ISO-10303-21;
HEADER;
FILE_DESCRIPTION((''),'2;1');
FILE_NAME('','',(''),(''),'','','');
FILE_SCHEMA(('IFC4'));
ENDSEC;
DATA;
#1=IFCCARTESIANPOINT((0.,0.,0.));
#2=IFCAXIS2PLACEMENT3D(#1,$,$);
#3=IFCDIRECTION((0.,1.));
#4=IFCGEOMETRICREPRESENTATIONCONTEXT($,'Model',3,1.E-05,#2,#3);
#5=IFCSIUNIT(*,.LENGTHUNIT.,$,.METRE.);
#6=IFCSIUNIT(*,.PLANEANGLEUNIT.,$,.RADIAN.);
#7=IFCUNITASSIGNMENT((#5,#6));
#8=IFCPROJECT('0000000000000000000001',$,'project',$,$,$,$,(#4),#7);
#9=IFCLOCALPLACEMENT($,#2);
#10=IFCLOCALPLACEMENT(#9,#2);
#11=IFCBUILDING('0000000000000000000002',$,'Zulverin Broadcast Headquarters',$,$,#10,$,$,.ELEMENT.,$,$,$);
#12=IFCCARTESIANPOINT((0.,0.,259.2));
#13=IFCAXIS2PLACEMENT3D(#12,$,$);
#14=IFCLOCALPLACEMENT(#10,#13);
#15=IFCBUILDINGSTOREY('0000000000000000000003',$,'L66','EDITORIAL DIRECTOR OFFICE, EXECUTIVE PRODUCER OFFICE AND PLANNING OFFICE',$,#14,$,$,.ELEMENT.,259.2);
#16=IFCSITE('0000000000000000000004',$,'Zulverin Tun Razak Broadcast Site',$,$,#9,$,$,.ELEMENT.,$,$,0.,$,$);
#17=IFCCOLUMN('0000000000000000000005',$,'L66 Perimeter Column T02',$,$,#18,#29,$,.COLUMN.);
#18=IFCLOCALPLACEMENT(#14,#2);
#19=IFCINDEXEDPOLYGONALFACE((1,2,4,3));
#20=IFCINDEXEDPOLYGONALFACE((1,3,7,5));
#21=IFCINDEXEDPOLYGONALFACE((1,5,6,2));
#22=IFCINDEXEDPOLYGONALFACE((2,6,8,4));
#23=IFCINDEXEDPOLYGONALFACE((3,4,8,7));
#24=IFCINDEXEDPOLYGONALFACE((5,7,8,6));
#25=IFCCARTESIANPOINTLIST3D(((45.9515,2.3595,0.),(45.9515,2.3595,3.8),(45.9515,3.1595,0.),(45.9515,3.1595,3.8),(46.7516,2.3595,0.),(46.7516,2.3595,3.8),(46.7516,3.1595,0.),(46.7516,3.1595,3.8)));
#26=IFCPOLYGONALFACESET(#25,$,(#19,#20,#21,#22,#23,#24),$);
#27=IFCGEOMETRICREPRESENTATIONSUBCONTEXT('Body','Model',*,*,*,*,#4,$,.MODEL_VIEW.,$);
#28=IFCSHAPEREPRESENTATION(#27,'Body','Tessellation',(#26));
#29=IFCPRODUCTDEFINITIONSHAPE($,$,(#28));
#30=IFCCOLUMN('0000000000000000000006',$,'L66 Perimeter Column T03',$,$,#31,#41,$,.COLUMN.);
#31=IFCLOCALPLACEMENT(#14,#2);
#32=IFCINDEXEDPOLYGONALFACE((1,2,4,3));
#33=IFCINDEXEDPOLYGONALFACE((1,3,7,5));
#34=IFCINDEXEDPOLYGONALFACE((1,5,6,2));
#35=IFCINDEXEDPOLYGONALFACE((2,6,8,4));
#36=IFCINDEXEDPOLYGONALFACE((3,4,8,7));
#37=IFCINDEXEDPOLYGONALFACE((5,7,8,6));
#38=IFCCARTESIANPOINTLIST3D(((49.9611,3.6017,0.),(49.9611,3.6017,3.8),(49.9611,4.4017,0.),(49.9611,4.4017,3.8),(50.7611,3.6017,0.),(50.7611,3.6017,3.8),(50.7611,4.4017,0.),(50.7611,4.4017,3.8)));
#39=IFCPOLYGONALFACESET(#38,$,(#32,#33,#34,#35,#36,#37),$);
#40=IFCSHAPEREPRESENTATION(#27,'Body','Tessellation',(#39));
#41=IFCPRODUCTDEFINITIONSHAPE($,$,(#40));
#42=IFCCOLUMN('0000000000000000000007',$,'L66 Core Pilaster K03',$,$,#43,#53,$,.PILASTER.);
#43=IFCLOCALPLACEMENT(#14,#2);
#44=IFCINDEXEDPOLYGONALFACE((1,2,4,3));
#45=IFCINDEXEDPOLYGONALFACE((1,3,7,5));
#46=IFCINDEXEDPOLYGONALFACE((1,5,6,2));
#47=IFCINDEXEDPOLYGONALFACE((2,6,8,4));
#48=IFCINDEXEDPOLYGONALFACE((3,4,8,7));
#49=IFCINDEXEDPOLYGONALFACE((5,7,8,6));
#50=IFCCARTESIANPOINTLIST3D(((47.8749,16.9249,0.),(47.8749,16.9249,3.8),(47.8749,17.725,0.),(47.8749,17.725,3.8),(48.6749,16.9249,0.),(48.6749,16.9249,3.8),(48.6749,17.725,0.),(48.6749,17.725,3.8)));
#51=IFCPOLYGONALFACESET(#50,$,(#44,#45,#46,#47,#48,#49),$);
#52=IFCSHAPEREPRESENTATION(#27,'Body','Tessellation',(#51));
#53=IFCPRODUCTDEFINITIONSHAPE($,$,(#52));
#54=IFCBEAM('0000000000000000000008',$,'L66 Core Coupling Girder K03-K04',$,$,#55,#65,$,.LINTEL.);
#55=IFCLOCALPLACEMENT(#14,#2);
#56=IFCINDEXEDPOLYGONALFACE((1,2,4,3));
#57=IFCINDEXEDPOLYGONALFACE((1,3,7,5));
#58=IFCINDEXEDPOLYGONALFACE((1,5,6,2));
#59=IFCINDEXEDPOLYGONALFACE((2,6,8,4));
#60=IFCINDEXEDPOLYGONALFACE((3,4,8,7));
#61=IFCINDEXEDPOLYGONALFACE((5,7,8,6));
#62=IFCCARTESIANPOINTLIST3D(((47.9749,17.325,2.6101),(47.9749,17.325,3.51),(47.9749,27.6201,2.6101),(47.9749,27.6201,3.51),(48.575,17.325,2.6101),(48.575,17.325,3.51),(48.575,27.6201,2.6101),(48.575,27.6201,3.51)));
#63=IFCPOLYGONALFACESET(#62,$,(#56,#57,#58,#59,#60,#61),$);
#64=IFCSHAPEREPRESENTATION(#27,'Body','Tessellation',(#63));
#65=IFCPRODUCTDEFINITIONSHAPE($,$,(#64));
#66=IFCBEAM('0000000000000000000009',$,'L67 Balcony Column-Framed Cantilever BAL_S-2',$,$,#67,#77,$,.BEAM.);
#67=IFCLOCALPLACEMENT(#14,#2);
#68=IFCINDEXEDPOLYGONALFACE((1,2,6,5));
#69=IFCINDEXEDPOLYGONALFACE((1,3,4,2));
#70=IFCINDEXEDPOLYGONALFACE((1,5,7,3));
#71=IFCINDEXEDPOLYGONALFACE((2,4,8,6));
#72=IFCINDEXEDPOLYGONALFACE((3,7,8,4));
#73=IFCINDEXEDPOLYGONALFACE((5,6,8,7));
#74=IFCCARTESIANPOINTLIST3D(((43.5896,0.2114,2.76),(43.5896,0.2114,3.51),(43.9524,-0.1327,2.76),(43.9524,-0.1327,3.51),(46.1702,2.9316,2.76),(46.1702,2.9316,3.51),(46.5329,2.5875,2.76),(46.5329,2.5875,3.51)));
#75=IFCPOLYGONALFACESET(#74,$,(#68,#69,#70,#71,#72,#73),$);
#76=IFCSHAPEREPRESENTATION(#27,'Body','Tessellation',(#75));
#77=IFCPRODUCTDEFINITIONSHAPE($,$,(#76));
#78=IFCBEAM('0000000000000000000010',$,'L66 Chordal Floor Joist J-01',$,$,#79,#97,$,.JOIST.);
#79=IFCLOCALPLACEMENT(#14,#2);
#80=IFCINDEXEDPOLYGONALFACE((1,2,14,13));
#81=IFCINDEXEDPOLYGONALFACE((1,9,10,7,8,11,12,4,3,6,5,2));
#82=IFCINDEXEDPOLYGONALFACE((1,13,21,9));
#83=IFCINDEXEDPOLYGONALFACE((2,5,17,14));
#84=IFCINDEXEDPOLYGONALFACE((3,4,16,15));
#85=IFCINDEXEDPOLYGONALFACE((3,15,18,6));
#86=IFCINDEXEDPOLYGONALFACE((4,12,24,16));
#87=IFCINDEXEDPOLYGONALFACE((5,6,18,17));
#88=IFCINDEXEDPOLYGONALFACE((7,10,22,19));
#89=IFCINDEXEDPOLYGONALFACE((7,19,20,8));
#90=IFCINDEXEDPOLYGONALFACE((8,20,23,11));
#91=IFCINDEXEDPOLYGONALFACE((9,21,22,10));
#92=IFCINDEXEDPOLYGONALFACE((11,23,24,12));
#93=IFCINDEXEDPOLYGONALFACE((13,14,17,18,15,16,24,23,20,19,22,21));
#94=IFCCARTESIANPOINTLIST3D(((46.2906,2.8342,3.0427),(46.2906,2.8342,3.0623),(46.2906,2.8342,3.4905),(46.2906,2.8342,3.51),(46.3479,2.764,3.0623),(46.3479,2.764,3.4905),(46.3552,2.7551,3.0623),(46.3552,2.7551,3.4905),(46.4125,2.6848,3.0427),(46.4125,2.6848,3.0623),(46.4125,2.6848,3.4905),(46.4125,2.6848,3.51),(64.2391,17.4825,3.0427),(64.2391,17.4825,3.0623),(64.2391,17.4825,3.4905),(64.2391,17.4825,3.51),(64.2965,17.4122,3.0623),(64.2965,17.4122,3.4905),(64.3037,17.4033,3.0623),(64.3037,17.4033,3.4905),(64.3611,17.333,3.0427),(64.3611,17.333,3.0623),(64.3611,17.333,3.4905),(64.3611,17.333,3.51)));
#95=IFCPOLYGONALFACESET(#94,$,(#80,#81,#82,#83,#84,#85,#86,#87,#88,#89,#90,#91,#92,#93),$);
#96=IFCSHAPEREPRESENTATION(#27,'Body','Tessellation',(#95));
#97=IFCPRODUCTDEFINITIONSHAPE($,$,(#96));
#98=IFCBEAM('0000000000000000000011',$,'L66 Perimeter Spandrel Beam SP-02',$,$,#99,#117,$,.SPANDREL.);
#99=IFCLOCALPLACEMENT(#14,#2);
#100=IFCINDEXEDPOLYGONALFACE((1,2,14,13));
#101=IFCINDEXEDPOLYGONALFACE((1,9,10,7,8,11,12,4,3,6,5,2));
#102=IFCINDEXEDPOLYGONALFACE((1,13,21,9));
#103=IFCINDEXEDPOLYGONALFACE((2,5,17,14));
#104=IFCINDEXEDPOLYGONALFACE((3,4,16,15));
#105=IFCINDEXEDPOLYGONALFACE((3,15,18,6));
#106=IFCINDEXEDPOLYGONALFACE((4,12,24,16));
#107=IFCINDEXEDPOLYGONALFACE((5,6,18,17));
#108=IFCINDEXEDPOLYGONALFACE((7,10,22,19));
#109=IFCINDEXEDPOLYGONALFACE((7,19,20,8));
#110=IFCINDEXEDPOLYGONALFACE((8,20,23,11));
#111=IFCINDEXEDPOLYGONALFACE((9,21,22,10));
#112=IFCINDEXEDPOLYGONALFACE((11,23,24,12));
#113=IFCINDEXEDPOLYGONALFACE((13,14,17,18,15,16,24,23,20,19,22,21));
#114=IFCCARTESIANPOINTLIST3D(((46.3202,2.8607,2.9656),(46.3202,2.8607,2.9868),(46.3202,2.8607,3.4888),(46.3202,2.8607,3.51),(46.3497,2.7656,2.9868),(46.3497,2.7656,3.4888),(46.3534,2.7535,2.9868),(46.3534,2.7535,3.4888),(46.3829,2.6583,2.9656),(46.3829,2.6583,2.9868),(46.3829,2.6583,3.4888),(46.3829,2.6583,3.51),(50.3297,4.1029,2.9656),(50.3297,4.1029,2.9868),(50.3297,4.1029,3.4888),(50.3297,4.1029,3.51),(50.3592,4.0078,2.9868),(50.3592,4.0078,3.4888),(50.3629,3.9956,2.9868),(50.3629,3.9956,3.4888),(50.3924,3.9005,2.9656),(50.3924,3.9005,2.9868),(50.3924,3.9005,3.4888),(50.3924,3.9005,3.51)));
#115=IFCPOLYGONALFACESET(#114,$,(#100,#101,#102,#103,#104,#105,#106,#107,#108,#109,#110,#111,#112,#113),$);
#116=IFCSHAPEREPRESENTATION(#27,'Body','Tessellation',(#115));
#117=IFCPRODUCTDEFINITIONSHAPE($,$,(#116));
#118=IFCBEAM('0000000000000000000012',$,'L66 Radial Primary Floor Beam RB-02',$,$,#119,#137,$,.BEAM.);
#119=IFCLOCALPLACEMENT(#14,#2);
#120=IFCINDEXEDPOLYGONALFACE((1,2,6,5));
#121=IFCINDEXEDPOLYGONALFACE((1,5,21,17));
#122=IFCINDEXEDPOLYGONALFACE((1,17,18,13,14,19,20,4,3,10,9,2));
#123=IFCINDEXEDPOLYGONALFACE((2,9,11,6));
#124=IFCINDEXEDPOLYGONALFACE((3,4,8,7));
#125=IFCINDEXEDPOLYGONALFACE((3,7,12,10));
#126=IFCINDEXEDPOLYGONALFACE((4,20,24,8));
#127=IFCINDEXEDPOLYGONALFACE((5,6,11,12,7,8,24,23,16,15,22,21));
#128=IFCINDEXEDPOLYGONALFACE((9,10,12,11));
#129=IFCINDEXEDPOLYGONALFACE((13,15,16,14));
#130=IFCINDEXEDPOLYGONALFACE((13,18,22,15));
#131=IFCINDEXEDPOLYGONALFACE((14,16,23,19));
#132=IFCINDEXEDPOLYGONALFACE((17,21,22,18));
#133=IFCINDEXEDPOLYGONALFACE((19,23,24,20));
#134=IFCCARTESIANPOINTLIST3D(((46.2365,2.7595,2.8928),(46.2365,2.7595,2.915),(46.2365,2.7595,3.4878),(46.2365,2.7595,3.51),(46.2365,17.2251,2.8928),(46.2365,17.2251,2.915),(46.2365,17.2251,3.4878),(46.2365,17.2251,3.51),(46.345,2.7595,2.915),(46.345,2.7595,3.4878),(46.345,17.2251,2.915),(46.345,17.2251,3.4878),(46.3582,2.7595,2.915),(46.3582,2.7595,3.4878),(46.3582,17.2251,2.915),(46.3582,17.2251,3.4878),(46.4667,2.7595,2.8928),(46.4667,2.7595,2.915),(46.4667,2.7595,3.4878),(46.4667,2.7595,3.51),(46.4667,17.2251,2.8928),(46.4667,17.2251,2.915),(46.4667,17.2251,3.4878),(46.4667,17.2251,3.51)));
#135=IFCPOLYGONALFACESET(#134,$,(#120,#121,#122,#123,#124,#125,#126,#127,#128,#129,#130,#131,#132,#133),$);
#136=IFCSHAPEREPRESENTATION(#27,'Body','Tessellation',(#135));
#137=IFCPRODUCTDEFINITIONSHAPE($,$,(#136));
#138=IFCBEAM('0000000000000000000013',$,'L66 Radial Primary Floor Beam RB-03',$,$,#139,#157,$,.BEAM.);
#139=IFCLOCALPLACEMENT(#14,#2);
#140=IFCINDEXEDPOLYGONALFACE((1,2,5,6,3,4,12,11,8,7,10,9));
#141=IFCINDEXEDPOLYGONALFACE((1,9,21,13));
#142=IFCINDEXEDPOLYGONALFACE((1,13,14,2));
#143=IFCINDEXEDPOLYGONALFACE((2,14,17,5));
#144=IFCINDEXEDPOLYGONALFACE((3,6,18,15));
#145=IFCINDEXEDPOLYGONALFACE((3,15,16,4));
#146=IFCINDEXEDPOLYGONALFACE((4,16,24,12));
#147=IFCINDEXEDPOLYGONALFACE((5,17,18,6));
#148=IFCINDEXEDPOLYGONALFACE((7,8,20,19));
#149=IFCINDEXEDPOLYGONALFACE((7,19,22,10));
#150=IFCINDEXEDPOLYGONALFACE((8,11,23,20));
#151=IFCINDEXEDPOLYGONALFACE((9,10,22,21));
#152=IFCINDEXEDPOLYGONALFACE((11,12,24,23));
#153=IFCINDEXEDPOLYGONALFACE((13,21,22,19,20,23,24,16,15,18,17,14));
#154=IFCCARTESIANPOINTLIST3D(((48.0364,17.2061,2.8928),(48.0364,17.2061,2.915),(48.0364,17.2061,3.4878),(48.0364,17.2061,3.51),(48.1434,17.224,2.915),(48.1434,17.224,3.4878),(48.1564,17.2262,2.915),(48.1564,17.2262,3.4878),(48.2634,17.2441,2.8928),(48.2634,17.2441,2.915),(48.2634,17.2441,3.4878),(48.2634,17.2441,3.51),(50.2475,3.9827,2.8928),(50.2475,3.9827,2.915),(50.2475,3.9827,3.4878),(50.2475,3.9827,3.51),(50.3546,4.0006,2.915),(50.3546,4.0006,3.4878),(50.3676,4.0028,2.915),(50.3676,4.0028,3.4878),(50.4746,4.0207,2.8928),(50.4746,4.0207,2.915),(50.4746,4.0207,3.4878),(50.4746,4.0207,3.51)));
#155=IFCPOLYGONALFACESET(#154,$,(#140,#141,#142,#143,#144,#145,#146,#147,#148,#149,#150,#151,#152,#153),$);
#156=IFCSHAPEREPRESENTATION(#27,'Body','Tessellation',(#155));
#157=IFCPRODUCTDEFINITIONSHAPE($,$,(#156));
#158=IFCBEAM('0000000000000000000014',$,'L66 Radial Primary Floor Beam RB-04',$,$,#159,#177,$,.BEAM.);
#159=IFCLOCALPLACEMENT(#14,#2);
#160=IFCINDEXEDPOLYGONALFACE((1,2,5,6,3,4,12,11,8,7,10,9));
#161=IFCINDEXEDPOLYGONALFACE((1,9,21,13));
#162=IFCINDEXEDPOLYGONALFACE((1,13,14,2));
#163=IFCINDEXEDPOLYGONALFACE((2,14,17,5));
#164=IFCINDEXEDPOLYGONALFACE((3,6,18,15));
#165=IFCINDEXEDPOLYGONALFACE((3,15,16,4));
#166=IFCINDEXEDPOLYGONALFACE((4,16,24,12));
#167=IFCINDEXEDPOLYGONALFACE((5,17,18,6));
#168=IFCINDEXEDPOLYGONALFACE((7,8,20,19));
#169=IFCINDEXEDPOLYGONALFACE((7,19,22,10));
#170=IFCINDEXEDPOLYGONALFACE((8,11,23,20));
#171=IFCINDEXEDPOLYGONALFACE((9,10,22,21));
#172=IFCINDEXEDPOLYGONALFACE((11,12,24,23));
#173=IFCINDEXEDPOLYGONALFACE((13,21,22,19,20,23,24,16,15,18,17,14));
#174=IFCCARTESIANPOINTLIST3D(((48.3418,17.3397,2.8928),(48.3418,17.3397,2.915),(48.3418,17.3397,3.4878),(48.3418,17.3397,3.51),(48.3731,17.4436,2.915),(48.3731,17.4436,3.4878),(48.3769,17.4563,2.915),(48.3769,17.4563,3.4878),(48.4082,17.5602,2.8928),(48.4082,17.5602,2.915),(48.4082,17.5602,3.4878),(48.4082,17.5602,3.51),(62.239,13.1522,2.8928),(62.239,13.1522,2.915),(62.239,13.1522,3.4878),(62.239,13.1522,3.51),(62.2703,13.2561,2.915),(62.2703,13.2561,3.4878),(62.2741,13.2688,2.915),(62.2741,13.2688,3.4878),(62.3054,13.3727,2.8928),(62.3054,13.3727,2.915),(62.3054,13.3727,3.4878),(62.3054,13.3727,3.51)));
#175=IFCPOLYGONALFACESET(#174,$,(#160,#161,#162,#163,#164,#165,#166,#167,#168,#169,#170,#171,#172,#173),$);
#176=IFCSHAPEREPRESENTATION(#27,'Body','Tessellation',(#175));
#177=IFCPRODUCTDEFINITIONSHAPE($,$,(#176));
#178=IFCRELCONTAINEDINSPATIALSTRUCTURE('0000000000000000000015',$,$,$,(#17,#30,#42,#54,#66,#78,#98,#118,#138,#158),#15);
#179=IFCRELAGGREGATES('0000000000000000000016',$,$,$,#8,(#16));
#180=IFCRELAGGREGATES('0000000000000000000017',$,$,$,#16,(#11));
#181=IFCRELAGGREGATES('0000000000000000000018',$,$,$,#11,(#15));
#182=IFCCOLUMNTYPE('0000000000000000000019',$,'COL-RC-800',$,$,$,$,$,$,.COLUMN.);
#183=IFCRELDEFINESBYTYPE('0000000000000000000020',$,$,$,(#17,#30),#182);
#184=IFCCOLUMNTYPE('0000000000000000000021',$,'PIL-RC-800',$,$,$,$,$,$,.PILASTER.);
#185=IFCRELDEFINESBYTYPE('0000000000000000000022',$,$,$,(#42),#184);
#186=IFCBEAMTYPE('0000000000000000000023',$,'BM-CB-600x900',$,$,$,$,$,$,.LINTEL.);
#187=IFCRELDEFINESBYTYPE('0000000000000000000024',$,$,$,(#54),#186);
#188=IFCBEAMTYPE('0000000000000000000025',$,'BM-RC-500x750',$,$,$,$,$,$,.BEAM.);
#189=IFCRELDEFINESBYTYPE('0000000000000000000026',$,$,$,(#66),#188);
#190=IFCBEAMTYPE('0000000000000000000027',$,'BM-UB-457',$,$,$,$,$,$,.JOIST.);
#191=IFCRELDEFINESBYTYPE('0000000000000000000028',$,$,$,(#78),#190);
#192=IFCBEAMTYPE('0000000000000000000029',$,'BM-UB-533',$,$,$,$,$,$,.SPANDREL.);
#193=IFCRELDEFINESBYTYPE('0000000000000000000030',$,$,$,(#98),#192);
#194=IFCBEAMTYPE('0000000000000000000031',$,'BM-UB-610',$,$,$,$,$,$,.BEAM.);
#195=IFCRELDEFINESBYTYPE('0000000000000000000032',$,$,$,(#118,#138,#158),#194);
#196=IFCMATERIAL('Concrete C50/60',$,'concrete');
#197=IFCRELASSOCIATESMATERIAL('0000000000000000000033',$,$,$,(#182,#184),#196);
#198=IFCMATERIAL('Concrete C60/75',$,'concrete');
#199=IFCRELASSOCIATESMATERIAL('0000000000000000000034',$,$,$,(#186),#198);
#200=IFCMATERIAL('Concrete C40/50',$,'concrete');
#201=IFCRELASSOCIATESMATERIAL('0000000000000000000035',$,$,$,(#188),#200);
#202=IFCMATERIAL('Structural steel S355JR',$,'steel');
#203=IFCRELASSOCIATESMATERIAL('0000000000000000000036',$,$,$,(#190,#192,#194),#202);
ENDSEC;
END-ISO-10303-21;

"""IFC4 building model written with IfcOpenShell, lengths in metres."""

from ifc_helpers import new_model, si_unit, direction, frame, origin, origin_2d, place, context, subcontext, project, spatial, rectangle, i_section, extrude, material, material_profile, profile_set, type_object, element, save


model = new_model("IFC4")

# Units and contexts
model_context = context("Model", 3, precision=1e-05, world=origin(), true_north=direction((0.0, 1.0)))
body_context = subcontext(model_context, "Body", "Model", "MODEL_VIEW")
ifc_project = project(units=[si_unit("LENGTHUNIT", "METRE"), si_unit("PLANEANGLEUNIT", "RADIAN")], contexts=[model_context])

# Site, building, storey
site_placement = place(None, origin())
site = spatial("IfcSite", under=ifc_project, at=site_placement, Name="Zulverin Tun Razak Broadcast Site", CompositionType="ELEMENT", RefElevation=0.0)
building_placement = place(site_placement, origin())
building = spatial("IfcBuilding", under=site, at=building_placement, Name="Zulverin Broadcast Headquarters", CompositionType="ELEMENT")
storey_placement = place(building_placement, frame((0.0, 0.0, 259.2)))
storey = spatial("IfcBuildingStorey", under=building, at=storey_placement, Name="L66", Description="EDITORIAL DIRECTOR OFFICE, EXECUTIVE PRODUCER OFFICE AND PLANNING OFFICE", CompositionType="ELEMENT", Elevation=259.2)

# Columns
ifc_material_1 = material(Name="Concrete C50/60", Category="concrete")
ifc_material_profile_1 = material_profile(ifc_material_1, rectangle(XDim=0.8, YDim=0.8, at=origin_2d()), Name="Concrete C50/60", Category="concrete")
ifc_profile_set_1 = profile_set([ifc_material_profile_1], Name="Concrete C50/60")
column_type_1 = type_object("IfcColumnType", Name="COL-RC-800", PredefinedType="COLUMN", material=ifc_profile_set_1)
for number, where, z_axis, x_axis, name in (
    (1, (46.3516, 2.7595, 0.0), (0.0, 0.0, 1.0), (1.0, 0.0, 0.0), "L66 Perimeter Column T02"),
    (2, (50.3611, 4.0017, 0.0), (0.0, 0.0, 1.0), (1.0, 0.0, 0.0), "L66 Perimeter Column T03"),
):
    element("IfcColumn", number, at=place(storey_placement, frame(where, z_axis=z_axis, x_axis=x_axis)), inside=storey, type_object=column_type_1, Name=name, PredefinedType="COLUMN", context=body_context, shape_type="SweptSolid", body=[
        extrude(rectangle(XDim=0.8, YDim=0.8, at=origin_2d()), origin(), (0.0, 0.0, 1.0), 3.8),
    ])
ifc_material_profile_2 = material_profile(ifc_material_1, rectangle(XDim=0.8, YDim=0.8, at=origin_2d()), Name="Concrete C50/60", Category="concrete")
ifc_profile_set_2 = profile_set([ifc_material_profile_2], Name="Concrete C50/60")
column_type_2 = type_object("IfcColumnType", Name="PIL-RC-800", PredefinedType="PILASTER", material=ifc_profile_set_2)
column_placement = place(storey_placement, frame((48.2749, 17.325, 0.0), z_axis=(0.0, 0.0, 1.0), x_axis=(1.0, 0.0, 0.0)))
element("IfcColumn", 3, at=column_placement, inside=storey, type_object=column_type_2, Name="L66 Core Pilaster K03", PredefinedType="PILASTER", context=body_context, shape_type="SweptSolid", body=[
    extrude(rectangle(XDim=0.8, YDim=0.8, at=origin_2d()), origin(), (0.0, 0.0, 1.0), 3.8),
])

# Beams
ifc_material_2 = material(Name="Concrete C60/75", Category="concrete")
ifc_material_profile_3 = material_profile(ifc_material_2, rectangle(XDim=0.6001, YDim=0.8999, at=origin_2d()), Name="Concrete C60/75", Category="concrete")
ifc_profile_set_3 = profile_set([ifc_material_profile_3], Name="Concrete C60/75")
beam_type_1 = type_object("IfcBeamType", Name="BM-CB-600x900", PredefinedType="LINTEL", material=ifc_profile_set_3)
beam_1_placement = place(storey_placement, frame((48.2749, 17.325, 3.0601), z_axis=(0.0, 1.0, 0.0), x_axis=(-1.0, 0.0, 0.0)))
element("IfcBeam", 4, at=beam_1_placement, inside=storey, type_object=beam_type_1, Name="L66 Core Coupling Girder K03-K04", PredefinedType="LINTEL", context=body_context, shape_type="SweptSolid", body=[
    extrude(rectangle(XDim=0.6001, YDim=0.8999, at=origin_2d()), origin(), (0.0, 0.0, 1.0), 10.2952),
])
ifc_material_3 = material(Name="Concrete C40/50", Category="concrete")
ifc_material_profile_4 = material_profile(ifc_material_3, rectangle(XDim=0.5, YDim=0.75, at=origin_2d()), Name="Concrete C40/50", Category="concrete")
ifc_profile_set_4 = profile_set([ifc_material_profile_4], Name="Concrete C40/50")
beam_type_2 = type_object("IfcBeamType", Name="BM-RC-500x750", PredefinedType="BEAM", material=ifc_profile_set_4)
beam_2_placement = place(storey_placement, frame((46.3516, 2.7595, 3.135), z_axis=(-0.688239, -0.725484, 0.0), x_axis=(0.725484, -0.688239, 0.0)))
element("IfcBeam", 5, at=beam_2_placement, inside=storey, type_object=beam_type_2, Name="L67 Balcony Column-Framed Cantilever BAL_S-2", PredefinedType="BEAM", context=body_context, shape_type="SweptSolid", body=[
    extrude(rectangle(XDim=0.5, YDim=0.75, at=origin_2d()), origin(), (0.0, 0.0, 1.0), 3.7495),
])
ifc_material_4 = material(Name="Structural steel S355JR", Category="steel")
ifc_material_profile_5 = material_profile(ifc_material_4, i_section(OverallWidth=0.1929, OverallDepth=0.4673, WebThickness=0.0115, FlangeThickness=0.0195, at=origin_2d()), Name="Structural steel S355JR", Category="steel")
ifc_profile_set_5 = profile_set([ifc_material_profile_5], Name="Structural steel S355JR")
beam_type_3 = type_object("IfcBeamType", Name="BM-UB-457", PredefinedType="JOIST", material=ifc_profile_set_5)
beam_3_placement = place(storey_placement, frame((46.3516, 2.7595, 3.2764), z_axis=(0.774738, 0.632282, 0.0), x_axis=(-0.632282, 0.774738, 0.0)))
element("IfcBeam", 6, at=beam_3_placement, inside=storey, type_object=beam_type_3, Name="L66 Chordal Floor Joist J-01", PredefinedType="JOIST", context=body_context, shape_type="SweptSolid", body=[
    extrude(i_section(OverallWidth=0.1929, OverallDepth=0.4673, WebThickness=0.0115, FlangeThickness=0.0195, at=origin_2d()), origin(), (0.0, 0.0, 1.0), 23.1672),
])
ifc_material_profile_6 = material_profile(ifc_material_4, i_section(OverallWidth=0.2119, OverallDepth=0.5444, WebThickness=0.0127, FlangeThickness=0.0212, at=origin_2d()), Name="Structural steel S355JR", Category="steel")
ifc_profile_set_6 = profile_set([ifc_material_profile_6], Name="Structural steel S355JR")
beam_type_4 = type_object("IfcBeamType", Name="BM-UB-533", PredefinedType="SPANDREL", material=ifc_profile_set_6)
beam_4_placement = place(storey_placement, frame((46.3516, 2.7595, 3.2378), z_axis=(0.955209, 0.295933, 0.0), x_axis=(-0.295933, 0.955209, 0.0)))
element("IfcBeam", 7, at=beam_4_placement, inside=storey, type_object=beam_type_4, Name="L66 Perimeter Spandrel Beam SP-02", PredefinedType="SPANDREL", context=body_context, shape_type="SweptSolid", body=[
    extrude(i_section(OverallWidth=0.2119, OverallDepth=0.5444, WebThickness=0.0127, FlangeThickness=0.0212, at=origin_2d()), origin(), (0.0, 0.0, 1.0), 4.1975),
])
ifc_material_profile_7 = material_profile(ifc_material_4, i_section(OverallWidth=0.2302, OverallDepth=0.6172, WebThickness=0.0132, FlangeThickness=0.0222, at=origin_2d()), Name="Structural steel S355JR", Category="steel")
ifc_profile_set_7 = profile_set([ifc_material_profile_7], Name="Structural steel S355JR")
beam_type_5 = type_object("IfcBeamType", Name="BM-UB-610", PredefinedType="BEAM", material=ifc_profile_set_7)
beam_5_placement = place(storey_placement, frame((46.3516, 17.2251, 3.2014), z_axis=(0.0, -1.0, 0.0), x_axis=(1.0, 0.0, 0.0)))
element("IfcBeam", 8, at=beam_5_placement, inside=storey, type_object=beam_type_5, Name="L66 Radial Primary Floor Beam RB-02", PredefinedType="BEAM", context=body_context, shape_type="SweptSolid", body=[
    extrude(i_section(OverallWidth=0.2302, OverallDepth=0.6172, WebThickness=0.0132, FlangeThickness=0.0222, at=origin_2d()), origin(), (0.0, 0.0, 1.0), 14.4656),
])
beam_6_placement = place(storey_placement, frame((48.1499, 17.2251, 3.2014), z_axis=(0.164928, -0.986306, 0.0), x_axis=(0.986306, 0.164928, 0.0)))
element("IfcBeam", 9, at=beam_6_placement, inside=storey, type_object=beam_type_5, Name="L66 Radial Primary Floor Beam RB-03", PredefinedType="BEAM", context=body_context, shape_type="SweptSolid", body=[
    extrude(i_section(OverallWidth=0.2302, OverallDepth=0.6172, WebThickness=0.0132, FlangeThickness=0.0222, at=origin_2d()), origin(), (0.0, 0.0, 1.0), 13.407),
])
beam_7_placement = place(storey_placement, frame((48.375, 17.45, 3.2014), z_axis=(0.957478, -0.288507, 0.0), x_axis=(0.288507, 0.957478, 0.0)))
element("IfcBeam", 10, at=beam_7_placement, inside=storey, type_object=beam_type_5, Name="L66 Radial Primary Floor Beam RB-04", PredefinedType="BEAM", context=body_context, shape_type="SweptSolid", body=[
    extrude(i_section(OverallWidth=0.2302, OverallDepth=0.6172, WebThickness=0.0132, FlangeThickness=0.0222, at=origin_2d()), origin(), (0.0, 0.0, 1.0), 14.5144),
])

save(model, "model.ifc")
